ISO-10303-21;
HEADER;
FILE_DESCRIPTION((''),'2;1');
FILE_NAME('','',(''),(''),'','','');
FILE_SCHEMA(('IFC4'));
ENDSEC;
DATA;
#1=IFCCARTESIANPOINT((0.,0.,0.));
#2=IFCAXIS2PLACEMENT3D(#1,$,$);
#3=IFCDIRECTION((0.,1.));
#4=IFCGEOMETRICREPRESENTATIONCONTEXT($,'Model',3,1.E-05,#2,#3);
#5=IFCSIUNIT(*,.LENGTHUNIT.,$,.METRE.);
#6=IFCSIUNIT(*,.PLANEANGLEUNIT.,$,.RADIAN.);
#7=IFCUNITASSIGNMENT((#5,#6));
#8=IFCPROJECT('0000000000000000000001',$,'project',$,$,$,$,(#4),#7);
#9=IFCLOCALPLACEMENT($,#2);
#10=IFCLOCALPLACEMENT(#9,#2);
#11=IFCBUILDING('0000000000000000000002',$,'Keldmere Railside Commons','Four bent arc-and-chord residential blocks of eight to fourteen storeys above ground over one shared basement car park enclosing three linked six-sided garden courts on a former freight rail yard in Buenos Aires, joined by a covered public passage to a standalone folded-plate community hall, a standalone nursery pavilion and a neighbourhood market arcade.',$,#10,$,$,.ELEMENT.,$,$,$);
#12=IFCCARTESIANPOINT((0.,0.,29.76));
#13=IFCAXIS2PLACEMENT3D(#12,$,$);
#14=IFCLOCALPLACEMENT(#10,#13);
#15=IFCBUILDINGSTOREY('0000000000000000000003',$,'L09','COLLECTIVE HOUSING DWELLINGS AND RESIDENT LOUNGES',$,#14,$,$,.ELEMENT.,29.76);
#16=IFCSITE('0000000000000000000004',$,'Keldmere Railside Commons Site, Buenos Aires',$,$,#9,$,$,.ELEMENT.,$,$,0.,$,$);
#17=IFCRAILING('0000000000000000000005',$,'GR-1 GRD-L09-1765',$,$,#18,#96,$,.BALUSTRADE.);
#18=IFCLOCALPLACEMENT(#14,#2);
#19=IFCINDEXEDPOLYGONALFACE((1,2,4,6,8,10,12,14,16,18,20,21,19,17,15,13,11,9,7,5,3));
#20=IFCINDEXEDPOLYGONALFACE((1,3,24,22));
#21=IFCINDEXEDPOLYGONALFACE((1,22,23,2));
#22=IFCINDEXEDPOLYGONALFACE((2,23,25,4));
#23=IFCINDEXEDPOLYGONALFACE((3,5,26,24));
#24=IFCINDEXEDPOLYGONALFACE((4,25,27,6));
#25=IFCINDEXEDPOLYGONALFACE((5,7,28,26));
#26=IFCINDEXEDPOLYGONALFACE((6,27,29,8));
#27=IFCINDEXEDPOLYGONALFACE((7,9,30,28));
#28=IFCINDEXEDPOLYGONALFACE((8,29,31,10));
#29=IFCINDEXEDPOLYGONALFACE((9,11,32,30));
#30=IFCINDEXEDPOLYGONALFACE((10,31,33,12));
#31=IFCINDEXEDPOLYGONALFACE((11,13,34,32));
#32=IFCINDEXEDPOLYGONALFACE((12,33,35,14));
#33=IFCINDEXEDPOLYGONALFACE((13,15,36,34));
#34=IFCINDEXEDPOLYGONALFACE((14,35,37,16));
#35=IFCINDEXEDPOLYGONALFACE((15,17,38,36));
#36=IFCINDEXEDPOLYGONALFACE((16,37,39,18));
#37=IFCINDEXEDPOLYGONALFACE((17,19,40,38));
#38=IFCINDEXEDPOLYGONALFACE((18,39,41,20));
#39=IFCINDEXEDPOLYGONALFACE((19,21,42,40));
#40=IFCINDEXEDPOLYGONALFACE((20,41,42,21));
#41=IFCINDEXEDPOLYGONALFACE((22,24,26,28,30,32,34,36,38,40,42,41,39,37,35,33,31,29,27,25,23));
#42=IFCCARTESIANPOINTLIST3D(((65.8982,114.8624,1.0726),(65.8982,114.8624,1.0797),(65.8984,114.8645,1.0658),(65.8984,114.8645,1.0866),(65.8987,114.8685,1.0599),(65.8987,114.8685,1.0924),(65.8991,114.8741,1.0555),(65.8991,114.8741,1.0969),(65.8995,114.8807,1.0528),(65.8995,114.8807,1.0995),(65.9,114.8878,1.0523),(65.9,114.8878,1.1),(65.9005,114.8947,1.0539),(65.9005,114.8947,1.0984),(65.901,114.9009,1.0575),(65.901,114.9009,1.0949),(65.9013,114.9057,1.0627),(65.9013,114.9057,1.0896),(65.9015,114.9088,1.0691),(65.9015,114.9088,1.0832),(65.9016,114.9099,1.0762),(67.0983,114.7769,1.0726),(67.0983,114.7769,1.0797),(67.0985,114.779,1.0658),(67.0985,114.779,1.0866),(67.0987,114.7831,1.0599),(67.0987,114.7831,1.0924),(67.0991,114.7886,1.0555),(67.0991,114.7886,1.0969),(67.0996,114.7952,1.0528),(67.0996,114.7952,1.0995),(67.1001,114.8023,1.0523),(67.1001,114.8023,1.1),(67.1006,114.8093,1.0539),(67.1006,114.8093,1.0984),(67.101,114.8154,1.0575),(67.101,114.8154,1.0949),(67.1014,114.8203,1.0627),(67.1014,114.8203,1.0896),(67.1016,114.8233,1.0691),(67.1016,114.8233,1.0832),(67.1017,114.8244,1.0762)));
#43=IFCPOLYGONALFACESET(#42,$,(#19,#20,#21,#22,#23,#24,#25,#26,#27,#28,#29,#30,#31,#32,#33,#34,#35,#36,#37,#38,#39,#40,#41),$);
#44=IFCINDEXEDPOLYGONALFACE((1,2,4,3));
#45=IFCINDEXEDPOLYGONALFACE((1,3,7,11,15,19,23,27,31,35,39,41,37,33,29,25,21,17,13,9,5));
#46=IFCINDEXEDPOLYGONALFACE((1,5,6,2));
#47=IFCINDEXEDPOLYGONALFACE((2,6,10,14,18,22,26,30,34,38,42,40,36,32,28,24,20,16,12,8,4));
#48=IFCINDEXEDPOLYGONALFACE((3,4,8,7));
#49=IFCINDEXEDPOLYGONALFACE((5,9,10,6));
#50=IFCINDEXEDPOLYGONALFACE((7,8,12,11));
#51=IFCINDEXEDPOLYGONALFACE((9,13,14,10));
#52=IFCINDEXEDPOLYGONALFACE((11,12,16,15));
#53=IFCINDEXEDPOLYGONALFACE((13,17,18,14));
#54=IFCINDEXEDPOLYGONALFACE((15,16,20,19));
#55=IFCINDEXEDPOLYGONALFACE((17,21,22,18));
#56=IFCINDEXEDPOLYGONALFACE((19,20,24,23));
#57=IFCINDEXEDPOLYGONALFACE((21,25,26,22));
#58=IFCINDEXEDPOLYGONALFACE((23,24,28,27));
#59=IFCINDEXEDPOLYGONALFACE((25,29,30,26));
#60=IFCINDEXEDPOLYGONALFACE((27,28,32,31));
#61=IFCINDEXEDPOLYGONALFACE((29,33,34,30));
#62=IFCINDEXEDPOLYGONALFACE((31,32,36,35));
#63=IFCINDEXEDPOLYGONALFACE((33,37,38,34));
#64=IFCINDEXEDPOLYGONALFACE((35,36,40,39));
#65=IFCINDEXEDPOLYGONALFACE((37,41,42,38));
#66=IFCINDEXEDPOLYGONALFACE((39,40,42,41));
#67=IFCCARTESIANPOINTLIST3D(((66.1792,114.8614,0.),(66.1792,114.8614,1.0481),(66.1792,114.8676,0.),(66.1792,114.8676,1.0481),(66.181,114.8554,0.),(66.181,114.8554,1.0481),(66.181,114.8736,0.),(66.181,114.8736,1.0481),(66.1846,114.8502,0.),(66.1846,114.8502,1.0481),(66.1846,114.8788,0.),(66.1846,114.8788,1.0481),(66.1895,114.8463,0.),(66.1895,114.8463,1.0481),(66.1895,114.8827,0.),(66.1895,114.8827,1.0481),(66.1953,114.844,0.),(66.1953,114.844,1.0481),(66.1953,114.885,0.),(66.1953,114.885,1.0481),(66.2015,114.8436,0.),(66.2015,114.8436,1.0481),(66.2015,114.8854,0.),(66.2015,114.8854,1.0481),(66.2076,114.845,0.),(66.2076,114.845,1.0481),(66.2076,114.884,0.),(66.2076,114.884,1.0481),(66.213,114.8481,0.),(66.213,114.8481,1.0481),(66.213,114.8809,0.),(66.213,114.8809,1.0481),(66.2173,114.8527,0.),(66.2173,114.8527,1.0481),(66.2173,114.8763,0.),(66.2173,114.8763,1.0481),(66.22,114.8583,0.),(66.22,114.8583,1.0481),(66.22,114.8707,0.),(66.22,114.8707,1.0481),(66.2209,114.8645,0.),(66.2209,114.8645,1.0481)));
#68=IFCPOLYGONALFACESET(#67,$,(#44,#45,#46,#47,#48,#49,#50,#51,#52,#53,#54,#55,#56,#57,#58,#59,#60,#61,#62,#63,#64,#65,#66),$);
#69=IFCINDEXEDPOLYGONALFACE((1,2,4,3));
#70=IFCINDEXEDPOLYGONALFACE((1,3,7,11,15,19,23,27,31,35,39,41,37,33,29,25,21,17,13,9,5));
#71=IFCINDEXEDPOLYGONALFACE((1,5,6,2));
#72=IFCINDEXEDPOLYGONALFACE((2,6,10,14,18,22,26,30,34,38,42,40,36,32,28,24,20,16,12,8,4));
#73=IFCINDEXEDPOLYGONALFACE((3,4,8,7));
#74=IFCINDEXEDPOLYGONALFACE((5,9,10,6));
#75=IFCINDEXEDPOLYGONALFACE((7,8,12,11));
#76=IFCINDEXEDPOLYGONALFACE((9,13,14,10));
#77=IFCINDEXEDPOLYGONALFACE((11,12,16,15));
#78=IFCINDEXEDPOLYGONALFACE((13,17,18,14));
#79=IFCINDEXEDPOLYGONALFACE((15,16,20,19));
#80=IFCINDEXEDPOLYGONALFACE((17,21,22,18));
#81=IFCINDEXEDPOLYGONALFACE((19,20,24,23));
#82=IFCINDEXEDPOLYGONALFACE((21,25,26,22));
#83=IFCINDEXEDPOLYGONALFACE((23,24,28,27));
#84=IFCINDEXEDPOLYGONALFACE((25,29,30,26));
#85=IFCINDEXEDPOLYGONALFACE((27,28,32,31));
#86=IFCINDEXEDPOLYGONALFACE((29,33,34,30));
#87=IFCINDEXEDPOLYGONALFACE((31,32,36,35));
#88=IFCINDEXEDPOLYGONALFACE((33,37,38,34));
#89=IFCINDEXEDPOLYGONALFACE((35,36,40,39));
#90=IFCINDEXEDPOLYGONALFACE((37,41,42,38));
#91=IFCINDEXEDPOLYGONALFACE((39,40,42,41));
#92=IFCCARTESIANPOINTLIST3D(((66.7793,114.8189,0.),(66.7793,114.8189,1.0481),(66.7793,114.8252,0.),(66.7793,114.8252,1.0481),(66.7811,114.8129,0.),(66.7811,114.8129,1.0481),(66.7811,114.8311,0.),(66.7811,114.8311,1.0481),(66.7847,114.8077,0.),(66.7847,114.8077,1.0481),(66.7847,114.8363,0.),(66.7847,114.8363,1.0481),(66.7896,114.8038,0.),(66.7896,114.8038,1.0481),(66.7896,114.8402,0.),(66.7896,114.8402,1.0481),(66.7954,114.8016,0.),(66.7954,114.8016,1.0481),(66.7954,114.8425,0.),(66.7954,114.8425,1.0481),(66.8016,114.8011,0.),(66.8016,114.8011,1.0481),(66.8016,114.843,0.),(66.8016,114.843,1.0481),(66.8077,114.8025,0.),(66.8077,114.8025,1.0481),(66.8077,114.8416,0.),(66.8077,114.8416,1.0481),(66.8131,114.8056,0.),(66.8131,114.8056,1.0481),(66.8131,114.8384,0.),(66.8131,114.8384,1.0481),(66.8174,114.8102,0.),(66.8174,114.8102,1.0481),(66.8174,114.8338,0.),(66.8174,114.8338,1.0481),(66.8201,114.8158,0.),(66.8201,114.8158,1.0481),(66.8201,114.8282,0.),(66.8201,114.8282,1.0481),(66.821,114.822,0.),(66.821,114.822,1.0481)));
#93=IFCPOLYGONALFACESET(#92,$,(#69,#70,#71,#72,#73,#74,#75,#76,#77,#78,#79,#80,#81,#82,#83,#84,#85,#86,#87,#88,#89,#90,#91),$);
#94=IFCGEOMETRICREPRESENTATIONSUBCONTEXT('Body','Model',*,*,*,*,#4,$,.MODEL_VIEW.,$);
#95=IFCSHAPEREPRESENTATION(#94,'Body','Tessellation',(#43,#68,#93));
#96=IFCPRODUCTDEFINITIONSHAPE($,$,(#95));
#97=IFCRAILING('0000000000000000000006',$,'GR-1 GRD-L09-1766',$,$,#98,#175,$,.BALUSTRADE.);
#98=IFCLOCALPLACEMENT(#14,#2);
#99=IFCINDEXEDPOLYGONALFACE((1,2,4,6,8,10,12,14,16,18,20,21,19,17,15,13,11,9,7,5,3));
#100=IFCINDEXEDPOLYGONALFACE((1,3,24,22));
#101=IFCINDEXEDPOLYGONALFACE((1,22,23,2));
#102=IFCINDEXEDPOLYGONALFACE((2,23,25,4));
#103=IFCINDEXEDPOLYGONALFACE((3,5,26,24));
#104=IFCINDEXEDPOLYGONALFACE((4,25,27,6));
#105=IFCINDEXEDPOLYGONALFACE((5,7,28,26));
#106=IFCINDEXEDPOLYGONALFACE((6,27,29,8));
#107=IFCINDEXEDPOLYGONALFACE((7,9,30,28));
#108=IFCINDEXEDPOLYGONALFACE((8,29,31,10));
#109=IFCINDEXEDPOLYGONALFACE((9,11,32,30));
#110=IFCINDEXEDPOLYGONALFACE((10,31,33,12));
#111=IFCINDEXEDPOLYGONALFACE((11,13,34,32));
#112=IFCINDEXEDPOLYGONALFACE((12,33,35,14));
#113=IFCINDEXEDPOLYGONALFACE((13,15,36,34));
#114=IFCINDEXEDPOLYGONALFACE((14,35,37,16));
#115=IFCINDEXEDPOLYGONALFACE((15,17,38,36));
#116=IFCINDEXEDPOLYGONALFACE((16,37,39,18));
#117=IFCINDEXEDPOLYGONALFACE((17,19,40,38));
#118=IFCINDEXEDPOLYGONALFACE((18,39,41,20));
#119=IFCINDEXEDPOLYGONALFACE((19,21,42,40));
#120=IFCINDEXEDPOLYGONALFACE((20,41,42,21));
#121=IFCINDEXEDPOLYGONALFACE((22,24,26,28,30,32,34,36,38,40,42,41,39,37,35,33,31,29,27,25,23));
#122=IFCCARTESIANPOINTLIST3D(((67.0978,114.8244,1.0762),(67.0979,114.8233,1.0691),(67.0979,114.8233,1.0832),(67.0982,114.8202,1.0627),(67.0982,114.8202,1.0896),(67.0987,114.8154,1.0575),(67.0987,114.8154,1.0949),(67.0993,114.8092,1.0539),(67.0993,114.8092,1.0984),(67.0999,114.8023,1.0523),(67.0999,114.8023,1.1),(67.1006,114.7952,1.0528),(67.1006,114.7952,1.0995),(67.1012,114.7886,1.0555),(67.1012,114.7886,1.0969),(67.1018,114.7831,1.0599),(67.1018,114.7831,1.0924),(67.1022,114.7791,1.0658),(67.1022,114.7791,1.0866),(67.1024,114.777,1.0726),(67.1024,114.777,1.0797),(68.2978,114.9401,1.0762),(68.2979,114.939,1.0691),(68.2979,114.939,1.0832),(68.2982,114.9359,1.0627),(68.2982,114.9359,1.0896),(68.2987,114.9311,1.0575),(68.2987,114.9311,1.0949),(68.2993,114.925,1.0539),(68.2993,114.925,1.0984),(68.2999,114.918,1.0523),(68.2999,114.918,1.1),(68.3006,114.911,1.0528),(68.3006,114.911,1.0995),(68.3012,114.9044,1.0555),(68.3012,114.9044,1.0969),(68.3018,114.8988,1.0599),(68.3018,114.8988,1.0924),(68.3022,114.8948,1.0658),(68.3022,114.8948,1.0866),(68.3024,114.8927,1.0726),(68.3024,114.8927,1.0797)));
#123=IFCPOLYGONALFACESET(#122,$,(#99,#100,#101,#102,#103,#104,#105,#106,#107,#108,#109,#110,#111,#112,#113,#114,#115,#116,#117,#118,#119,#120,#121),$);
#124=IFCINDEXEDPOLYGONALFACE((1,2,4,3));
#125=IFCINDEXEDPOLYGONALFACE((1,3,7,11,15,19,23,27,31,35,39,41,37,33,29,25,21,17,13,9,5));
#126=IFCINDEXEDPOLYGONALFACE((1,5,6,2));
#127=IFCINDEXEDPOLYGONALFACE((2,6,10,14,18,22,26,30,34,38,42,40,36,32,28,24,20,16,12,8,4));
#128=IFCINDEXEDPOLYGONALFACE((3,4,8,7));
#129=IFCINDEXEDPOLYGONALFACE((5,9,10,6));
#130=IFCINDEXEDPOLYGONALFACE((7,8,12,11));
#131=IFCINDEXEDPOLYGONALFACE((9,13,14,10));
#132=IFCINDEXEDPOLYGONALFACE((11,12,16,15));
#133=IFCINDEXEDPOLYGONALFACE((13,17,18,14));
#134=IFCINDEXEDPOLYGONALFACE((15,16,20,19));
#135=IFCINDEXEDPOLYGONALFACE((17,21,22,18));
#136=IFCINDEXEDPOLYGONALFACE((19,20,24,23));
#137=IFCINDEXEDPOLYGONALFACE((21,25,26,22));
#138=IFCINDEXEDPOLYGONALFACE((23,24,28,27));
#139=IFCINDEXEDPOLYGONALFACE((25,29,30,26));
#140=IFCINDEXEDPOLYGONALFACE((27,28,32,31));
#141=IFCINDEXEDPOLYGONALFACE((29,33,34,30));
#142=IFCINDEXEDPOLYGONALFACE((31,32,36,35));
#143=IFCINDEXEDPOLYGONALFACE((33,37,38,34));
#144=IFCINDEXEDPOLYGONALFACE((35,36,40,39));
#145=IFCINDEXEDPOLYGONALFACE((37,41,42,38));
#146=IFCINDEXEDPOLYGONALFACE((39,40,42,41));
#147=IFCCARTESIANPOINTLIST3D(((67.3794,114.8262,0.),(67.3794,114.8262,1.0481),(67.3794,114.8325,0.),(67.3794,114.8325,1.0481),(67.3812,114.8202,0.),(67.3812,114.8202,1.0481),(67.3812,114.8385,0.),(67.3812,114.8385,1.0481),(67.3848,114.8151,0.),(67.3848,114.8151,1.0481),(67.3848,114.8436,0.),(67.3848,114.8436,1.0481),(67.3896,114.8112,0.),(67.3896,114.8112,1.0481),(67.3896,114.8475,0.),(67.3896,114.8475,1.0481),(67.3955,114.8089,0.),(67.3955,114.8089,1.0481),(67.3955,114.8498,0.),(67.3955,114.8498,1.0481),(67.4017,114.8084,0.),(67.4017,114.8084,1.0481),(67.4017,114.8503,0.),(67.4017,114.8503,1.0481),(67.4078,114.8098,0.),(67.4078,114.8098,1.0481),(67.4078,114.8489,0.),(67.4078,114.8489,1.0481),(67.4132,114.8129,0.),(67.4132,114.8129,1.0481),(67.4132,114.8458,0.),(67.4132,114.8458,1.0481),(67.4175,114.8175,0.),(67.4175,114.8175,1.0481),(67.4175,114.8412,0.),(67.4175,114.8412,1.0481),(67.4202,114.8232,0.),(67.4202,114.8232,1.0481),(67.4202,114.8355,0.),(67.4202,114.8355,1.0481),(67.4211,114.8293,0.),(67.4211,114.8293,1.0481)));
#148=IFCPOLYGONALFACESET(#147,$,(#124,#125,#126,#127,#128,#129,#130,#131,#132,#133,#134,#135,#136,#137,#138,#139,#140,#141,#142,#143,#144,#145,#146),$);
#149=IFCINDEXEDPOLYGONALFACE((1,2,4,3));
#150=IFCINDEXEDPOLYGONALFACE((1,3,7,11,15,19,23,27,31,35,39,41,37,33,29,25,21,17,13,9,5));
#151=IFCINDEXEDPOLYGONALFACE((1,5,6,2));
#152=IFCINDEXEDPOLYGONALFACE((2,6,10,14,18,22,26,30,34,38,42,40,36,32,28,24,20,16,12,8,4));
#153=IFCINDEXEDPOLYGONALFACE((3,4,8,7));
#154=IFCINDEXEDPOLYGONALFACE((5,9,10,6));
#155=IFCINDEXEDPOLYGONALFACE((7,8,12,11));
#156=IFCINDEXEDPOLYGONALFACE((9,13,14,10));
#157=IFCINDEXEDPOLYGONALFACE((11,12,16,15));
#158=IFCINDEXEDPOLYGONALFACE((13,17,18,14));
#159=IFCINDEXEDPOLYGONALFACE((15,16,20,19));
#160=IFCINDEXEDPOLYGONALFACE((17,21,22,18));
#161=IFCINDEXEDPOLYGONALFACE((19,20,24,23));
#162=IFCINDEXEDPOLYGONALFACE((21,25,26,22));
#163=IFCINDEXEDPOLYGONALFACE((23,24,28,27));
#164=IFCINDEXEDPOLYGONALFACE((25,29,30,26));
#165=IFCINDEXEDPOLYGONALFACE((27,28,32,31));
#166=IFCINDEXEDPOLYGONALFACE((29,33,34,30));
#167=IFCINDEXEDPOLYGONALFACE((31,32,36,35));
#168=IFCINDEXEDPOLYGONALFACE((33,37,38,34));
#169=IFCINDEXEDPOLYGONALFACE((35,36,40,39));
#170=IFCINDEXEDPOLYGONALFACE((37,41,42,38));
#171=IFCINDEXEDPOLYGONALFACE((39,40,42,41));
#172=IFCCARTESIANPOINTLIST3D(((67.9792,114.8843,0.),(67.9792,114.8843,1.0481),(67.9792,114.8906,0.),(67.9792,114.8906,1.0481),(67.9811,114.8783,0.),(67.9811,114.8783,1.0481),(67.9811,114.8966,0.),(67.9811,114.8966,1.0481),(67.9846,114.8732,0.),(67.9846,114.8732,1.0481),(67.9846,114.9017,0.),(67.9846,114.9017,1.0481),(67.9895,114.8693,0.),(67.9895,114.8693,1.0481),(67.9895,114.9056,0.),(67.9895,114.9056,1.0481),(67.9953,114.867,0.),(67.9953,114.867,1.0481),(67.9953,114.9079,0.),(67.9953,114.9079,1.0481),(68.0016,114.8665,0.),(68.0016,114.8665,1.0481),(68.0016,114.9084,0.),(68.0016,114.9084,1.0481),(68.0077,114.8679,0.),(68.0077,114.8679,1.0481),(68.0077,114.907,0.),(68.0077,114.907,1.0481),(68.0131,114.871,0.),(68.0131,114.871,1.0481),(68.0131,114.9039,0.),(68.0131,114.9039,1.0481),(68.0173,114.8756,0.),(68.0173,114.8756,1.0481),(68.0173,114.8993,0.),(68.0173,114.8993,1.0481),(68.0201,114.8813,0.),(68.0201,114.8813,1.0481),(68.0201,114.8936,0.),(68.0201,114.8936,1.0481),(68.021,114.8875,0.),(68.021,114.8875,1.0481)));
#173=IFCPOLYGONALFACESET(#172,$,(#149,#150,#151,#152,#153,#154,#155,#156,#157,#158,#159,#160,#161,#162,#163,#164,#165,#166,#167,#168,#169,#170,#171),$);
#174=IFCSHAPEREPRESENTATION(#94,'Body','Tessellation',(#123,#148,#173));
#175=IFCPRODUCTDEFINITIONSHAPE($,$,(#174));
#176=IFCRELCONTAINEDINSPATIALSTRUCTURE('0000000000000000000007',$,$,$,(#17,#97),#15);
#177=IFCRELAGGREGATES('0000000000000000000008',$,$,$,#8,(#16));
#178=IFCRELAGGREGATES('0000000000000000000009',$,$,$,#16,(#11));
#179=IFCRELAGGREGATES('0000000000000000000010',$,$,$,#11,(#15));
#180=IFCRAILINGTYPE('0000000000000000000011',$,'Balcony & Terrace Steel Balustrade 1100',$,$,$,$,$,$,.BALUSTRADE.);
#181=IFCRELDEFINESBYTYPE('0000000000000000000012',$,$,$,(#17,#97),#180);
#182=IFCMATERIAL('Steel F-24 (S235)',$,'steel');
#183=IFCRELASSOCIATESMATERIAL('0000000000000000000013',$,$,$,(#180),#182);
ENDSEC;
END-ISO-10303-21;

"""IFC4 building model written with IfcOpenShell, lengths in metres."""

from ifc_helpers import new_model, si_unit, direction, frame, origin, origin_2d, place, context, subcontext, project, spatial, circle, extrude, material, type_object, element, save


model = new_model("IFC4")

# Units and contexts
model_context = context("Model", 3, precision=1e-05, world=origin(), true_north=direction((0.0, 1.0)))
body_context = subcontext(model_context, "Body", "Model", "MODEL_VIEW")
ifc_project = project(units=[si_unit("LENGTHUNIT", "METRE"), si_unit("PLANEANGLEUNIT", "RADIAN")], contexts=[model_context])

# Site, building, storey
site_placement = place(None, origin())
site = spatial("IfcSite", under=ifc_project, at=site_placement, Name="Keldmere Railside Commons Site, Buenos Aires", CompositionType="ELEMENT", RefElevation=0.0)
building_placement = place(site_placement, origin())
building = spatial("IfcBuilding", under=site, at=building_placement, Name="Keldmere Railside Commons", Description="Four bent arc-and-chord residential blocks of eight to fourteen storeys above ground over one shared basement car park enclosing three linked six-sided garden courts on a former freight rail yard in Buenos Aires, joined by a covered public passage to a standalone folded-plate community hall, a standalone nursery pavilion and a neighbourhood market arcade.", CompositionType="ELEMENT")
storey_placement = place(building_placement, frame((0.0, 0.0, 29.76)))
storey = spatial("IfcBuildingStorey", under=building, at=storey_placement, Name="L09", Description="COLLECTIVE HOUSING DWELLINGS AND RESIDENT LOUNGES", CompositionType="ELEMENT", Elevation=29.76)

# Railings
ifc_material_1 = material(Name="Steel F-24 (S235)", Category="steel")
railing_type = type_object("IfcRailingType", Name="Balcony & Terrace Steel Balustrade 1100", PredefinedType="BALUSTRADE", material=ifc_material_1)
railing_1_placement = place(storey_placement, frame((65.8999, 114.886, 0.0)))
element("IfcRailing", 1, at=railing_1_placement, inside=storey, type_object=railing_type, Name="GR-1 GRD-L09-1765", PredefinedType="BALUSTRADE", context=body_context, shape_type="SweptSolid", body=[
    extrude(circle(Radius=0.0239, at=origin_2d()), frame((0.0, 0.0, 1.0762), z_axis=(0.997475, -0.071016, 0.0), x_axis=(0.071016, 0.997475, 0.0)), (0.0, 0.0, 1.0), 1.2031),
    extrude(circle(Radius=0.021, at=origin_2d()), frame((0.3, -0.0215, 0.0)), (0.0, 0.0, 1.0), 1.0481),
    extrude(circle(Radius=0.021, at=origin_2d()), frame((0.9001, -0.064, 0.0)), (0.0, 0.0, 1.0), 1.0481),
])
railing_2_placement = place(storey_placement, frame((67.1001, 114.8005, 0.0)))
element("IfcRailing", 2, at=railing_2_placement, inside=storey, type_object=railing_type, Name="GR-1 GRD-L09-1766", PredefinedType="BALUSTRADE", context=body_context, shape_type="SweptSolid", body=[
    extrude(circle(Radius=0.0239, at=origin_2d()), frame((0.0, 0.0, 1.0762), z_axis=(0.995382, 0.095994, 0.0), x_axis=(-0.095994, 0.995382, 0.0)), (0.0, 0.0, 1.0), 1.2056),
    extrude(circle(Radius=0.021, at=origin_2d()), frame((0.3, 0.0288, 0.0)), (0.0, 0.0, 1.0), 1.0481),
    extrude(circle(Radius=0.021, at=origin_2d()), frame((0.8999, 0.0869, 0.0)), (0.0, 0.0, 1.0), 1.0481),
])

save(model, "model.ifc")
